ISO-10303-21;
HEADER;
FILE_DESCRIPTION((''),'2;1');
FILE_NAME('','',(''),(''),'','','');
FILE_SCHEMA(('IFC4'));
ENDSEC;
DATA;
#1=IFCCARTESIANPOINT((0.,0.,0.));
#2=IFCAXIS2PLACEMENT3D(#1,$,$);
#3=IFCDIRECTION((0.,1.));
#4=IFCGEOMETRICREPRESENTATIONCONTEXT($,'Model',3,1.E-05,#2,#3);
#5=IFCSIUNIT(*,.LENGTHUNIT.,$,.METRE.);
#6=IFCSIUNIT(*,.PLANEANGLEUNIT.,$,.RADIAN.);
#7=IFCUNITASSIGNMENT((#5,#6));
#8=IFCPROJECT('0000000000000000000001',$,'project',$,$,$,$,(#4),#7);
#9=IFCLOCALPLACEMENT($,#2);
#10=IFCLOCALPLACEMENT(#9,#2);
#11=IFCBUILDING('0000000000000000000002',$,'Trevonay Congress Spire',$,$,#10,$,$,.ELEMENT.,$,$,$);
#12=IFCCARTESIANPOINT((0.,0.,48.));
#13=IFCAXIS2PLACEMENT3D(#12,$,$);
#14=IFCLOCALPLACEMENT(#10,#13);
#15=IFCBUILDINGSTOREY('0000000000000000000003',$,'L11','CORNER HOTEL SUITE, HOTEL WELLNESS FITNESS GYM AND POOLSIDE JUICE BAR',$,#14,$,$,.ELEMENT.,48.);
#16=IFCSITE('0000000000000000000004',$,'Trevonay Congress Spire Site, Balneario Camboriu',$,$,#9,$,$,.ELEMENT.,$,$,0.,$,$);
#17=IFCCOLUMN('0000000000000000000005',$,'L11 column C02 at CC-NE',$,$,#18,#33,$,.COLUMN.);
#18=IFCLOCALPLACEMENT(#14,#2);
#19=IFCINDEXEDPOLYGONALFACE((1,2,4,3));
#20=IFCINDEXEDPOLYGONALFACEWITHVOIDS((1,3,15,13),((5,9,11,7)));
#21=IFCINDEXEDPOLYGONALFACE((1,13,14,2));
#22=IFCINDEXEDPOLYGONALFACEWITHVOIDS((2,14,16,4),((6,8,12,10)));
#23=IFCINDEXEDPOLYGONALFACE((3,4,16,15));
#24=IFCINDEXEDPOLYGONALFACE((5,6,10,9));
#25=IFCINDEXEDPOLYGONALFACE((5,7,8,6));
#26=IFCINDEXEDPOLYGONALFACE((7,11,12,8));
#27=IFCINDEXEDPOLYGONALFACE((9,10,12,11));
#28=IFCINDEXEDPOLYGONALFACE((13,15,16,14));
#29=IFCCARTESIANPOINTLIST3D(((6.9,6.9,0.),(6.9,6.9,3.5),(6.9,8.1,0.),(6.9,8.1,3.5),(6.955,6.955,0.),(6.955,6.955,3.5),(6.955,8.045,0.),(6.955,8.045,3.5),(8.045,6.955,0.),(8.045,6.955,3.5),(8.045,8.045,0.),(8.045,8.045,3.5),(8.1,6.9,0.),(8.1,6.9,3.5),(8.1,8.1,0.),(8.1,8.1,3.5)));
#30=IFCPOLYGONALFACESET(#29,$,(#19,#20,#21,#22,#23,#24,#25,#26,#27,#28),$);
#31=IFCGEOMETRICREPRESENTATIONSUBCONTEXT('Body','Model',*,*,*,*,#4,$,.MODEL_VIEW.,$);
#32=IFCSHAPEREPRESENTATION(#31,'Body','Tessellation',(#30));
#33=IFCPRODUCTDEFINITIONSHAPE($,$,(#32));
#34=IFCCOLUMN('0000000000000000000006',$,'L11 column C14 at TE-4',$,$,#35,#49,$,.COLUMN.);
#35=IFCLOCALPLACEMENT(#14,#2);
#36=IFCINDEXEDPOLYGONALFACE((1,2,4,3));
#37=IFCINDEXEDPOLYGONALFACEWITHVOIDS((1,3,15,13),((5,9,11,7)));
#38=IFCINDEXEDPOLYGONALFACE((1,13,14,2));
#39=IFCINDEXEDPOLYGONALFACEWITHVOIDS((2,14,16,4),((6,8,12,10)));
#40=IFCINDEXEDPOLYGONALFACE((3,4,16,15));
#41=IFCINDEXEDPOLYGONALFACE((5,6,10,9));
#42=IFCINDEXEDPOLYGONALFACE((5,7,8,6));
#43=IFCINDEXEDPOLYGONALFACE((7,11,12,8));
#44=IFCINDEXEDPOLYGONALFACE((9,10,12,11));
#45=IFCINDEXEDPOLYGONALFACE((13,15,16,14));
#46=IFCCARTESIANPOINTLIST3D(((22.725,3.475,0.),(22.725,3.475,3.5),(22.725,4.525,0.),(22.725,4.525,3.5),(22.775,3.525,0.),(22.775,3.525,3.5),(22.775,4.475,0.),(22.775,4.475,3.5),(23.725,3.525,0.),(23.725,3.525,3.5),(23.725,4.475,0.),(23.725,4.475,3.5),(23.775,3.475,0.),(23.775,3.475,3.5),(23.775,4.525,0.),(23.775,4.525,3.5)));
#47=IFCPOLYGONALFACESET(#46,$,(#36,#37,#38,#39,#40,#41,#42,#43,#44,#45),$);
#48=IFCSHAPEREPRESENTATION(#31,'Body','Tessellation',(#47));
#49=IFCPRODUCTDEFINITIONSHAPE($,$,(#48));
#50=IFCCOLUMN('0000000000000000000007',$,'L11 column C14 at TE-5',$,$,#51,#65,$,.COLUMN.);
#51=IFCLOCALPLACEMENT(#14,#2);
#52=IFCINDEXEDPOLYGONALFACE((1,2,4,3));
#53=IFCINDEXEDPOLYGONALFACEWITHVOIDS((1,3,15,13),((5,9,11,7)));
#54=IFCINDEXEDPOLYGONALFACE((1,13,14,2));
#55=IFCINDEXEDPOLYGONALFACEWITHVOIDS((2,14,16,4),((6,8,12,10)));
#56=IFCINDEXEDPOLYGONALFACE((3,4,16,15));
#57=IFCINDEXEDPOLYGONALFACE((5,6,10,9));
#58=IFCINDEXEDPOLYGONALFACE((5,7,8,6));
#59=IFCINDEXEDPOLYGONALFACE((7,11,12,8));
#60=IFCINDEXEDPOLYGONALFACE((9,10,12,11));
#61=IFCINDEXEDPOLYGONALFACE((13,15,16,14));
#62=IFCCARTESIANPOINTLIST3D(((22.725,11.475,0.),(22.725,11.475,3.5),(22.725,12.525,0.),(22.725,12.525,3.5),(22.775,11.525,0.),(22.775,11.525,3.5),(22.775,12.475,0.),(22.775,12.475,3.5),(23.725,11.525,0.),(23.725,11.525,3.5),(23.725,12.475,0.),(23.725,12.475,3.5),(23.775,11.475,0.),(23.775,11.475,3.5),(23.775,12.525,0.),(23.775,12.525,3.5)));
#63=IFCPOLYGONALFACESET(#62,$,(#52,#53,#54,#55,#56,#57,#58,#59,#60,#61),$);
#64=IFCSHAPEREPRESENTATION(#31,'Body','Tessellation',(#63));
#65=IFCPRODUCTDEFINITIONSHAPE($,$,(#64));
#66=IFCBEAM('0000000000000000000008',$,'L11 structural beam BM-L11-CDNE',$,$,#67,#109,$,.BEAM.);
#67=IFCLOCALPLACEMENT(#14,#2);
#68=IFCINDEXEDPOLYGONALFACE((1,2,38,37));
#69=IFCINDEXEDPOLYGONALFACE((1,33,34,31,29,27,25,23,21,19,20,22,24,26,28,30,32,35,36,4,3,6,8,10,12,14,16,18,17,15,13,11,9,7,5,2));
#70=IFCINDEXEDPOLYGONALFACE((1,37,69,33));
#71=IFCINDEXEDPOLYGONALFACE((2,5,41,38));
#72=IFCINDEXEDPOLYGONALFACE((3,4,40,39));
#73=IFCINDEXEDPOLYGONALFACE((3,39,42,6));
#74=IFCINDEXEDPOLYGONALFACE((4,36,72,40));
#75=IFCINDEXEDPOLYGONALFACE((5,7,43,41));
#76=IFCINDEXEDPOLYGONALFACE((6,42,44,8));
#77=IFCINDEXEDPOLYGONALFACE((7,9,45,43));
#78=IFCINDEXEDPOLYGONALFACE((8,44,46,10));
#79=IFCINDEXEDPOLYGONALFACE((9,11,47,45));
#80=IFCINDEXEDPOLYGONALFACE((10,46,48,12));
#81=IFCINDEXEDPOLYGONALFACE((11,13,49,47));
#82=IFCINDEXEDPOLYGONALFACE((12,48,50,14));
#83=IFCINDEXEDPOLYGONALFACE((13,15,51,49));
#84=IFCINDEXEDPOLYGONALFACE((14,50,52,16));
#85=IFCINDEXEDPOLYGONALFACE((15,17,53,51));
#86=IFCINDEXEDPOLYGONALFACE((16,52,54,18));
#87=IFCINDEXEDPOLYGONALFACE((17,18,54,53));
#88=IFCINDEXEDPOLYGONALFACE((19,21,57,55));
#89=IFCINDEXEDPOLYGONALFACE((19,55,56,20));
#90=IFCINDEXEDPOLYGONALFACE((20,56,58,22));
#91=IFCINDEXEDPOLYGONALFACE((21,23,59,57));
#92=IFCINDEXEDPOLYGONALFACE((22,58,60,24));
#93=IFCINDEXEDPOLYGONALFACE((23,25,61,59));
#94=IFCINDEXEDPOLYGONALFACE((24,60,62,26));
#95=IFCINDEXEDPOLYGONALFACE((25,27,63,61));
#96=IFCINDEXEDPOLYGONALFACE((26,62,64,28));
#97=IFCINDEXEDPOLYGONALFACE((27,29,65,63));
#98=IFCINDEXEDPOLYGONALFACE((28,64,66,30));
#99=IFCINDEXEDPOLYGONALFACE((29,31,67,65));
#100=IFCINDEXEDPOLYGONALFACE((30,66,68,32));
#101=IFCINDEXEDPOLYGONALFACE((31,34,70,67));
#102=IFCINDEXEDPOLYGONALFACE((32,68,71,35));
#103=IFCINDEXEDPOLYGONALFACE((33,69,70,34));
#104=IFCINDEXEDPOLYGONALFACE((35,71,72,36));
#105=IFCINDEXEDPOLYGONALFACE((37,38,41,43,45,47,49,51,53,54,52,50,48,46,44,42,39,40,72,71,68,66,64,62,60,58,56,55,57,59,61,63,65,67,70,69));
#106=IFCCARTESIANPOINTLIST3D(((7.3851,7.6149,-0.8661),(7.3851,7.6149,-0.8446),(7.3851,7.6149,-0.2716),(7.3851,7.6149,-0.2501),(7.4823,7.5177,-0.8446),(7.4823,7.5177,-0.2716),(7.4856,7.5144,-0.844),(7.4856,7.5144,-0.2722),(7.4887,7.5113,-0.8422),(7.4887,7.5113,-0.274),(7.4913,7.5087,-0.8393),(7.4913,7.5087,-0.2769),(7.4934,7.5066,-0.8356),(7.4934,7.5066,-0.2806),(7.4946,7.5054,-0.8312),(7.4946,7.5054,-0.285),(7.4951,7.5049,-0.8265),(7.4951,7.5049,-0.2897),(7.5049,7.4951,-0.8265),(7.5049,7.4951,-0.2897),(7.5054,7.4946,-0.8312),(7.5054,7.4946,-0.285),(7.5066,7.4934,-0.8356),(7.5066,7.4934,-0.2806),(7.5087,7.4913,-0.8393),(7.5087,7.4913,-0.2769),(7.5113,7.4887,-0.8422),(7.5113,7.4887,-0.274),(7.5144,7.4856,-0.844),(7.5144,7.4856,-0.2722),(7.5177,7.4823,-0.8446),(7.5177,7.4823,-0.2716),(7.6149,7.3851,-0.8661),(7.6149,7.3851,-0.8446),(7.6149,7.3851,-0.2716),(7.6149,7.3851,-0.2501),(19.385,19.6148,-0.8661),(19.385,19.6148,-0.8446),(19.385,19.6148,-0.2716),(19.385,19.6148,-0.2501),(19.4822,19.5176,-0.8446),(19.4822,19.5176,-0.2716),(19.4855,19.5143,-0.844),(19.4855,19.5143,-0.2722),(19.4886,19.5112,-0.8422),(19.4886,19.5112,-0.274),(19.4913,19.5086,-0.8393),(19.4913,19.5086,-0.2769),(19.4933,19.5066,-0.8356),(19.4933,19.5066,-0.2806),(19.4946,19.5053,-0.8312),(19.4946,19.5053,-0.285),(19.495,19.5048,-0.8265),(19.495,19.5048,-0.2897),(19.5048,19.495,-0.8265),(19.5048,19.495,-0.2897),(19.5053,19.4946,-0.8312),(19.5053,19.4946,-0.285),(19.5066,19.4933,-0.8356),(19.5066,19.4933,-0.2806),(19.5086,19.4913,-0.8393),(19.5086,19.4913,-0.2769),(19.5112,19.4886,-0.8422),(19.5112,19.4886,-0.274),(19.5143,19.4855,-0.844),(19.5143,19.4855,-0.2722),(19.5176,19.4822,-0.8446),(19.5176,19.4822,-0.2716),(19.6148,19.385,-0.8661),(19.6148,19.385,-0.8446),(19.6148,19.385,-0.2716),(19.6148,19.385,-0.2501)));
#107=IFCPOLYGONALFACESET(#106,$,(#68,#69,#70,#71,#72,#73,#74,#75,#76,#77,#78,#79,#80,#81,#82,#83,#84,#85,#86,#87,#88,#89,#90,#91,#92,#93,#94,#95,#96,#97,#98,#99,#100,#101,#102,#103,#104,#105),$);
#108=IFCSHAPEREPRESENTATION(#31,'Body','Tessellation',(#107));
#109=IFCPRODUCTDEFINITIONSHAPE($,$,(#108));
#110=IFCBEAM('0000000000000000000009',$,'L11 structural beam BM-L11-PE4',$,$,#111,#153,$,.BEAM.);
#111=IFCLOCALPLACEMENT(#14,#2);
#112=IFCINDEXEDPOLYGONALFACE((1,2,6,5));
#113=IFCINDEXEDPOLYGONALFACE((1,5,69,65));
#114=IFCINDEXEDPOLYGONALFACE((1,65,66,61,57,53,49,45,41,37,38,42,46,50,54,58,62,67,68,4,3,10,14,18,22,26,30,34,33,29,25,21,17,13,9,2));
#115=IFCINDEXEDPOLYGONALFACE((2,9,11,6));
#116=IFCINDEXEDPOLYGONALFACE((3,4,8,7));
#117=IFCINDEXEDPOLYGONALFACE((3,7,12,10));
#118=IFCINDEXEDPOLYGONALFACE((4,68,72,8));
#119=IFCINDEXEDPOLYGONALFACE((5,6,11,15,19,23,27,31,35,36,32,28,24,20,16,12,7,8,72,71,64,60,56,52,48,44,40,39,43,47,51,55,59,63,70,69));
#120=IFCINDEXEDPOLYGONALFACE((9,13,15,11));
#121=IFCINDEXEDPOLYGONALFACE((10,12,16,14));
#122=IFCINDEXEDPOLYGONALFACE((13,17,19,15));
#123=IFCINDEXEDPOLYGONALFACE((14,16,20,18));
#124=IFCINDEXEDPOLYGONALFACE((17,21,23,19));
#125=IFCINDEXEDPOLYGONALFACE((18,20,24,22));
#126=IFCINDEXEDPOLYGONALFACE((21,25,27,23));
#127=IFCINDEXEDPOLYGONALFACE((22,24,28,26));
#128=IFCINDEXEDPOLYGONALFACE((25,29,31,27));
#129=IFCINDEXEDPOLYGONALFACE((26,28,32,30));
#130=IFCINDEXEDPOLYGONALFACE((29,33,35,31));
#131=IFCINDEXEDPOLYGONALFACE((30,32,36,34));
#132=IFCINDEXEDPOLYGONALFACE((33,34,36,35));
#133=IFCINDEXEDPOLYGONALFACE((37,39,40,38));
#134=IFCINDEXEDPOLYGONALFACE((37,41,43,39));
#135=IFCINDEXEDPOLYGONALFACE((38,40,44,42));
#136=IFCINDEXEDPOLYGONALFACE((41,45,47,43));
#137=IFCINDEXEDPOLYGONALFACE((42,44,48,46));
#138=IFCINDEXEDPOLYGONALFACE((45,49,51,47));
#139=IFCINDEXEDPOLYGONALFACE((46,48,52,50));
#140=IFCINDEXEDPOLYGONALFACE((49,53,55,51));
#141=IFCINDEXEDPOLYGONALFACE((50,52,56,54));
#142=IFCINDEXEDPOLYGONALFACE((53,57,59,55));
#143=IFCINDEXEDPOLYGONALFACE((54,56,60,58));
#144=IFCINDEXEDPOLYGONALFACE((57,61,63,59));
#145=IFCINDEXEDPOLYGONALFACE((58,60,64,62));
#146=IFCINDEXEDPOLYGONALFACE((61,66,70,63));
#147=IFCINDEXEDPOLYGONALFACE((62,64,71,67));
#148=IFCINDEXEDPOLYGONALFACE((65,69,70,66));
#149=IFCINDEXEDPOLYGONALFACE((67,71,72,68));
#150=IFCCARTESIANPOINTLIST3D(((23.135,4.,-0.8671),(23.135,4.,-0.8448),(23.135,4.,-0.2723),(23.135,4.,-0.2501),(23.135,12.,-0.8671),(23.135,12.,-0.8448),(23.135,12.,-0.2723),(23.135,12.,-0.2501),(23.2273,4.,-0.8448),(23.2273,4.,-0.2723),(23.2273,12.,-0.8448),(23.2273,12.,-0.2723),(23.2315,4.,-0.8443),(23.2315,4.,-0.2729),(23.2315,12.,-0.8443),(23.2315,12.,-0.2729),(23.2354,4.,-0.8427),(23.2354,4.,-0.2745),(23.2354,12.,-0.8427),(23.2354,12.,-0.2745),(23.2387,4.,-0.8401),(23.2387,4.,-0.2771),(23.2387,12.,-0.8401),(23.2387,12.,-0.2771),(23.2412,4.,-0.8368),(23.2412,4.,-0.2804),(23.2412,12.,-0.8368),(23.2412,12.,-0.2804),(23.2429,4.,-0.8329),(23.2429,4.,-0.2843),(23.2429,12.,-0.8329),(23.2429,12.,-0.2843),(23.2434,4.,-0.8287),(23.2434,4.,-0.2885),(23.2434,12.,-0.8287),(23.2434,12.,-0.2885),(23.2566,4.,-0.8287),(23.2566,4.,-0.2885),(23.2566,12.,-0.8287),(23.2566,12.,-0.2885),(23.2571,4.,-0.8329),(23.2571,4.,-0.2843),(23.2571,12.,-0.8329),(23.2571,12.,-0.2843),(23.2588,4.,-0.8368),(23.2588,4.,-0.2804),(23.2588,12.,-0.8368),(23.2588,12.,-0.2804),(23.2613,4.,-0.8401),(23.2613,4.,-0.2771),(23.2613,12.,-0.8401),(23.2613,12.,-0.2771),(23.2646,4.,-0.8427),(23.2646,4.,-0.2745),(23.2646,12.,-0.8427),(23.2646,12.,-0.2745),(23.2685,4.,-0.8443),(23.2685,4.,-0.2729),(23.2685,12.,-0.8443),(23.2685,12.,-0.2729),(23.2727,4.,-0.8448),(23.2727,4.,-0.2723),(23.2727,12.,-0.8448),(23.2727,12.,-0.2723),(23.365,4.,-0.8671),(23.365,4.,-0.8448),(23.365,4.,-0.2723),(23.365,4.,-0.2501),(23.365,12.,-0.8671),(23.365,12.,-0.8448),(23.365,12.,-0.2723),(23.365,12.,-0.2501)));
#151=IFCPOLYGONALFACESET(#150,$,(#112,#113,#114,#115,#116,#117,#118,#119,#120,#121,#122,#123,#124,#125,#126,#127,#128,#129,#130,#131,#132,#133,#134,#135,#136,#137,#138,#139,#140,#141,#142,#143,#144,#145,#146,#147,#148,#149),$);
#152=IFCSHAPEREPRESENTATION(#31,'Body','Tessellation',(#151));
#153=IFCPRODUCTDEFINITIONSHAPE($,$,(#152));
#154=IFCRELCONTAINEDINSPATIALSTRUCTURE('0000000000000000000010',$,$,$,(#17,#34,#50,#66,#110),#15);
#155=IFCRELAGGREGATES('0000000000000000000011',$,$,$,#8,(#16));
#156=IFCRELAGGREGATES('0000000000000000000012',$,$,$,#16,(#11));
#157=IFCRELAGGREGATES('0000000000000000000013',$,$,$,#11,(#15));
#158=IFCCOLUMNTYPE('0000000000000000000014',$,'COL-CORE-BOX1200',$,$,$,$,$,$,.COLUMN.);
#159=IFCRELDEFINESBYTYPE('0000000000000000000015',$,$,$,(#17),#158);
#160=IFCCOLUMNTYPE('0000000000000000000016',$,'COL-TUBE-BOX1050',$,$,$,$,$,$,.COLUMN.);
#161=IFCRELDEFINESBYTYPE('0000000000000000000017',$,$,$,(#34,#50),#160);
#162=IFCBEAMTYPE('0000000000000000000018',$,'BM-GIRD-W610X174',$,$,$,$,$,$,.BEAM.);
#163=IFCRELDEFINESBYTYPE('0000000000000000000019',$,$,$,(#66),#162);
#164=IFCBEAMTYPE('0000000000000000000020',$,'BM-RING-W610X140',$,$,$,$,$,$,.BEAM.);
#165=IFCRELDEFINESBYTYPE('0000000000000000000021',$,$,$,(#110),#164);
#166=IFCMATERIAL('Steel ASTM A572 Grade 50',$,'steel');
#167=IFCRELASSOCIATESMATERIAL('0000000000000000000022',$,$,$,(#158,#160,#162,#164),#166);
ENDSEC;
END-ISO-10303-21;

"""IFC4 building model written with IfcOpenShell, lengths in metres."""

from ifc_helpers import new_model, si_unit, direction, frame, origin, origin_2d, place, context, subcontext, project, spatial, hollow_rectangle, i_section, extrude, material, material_profile, profile_set, type_object, element, save


model = new_model("IFC4")

# Units and contexts
model_context = context("Model", 3, precision=1e-05, world=origin(), true_north=direction((0.0, 1.0)))
body_context = subcontext(model_context, "Body", "Model", "MODEL_VIEW")
ifc_project = project(units=[si_unit("LENGTHUNIT", "METRE"), si_unit("PLANEANGLEUNIT", "RADIAN")], contexts=[model_context])

# Site, building, storey
site_placement = place(None, origin())
site = spatial("IfcSite", under=ifc_project, at=site_placement, Name="Trevonay Congress Spire Site, Balneario Camboriu", CompositionType="ELEMENT", RefElevation=0.0)
building_placement = place(site_placement, origin())
building = spatial("IfcBuilding", under=site, at=building_placement, Name="Trevonay Congress Spire", CompositionType="ELEMENT")
storey_placement = place(building_placement, frame((0.0, 0.0, 48.0)))
storey = spatial("IfcBuildingStorey", under=building, at=storey_placement, Name="L11", Description="CORNER HOTEL SUITE, HOTEL WELLNESS FITNESS GYM AND POOLSIDE JUICE BAR", CompositionType="ELEMENT", Elevation=48.0)

# Columns
ifc_material_1 = material(Name="Steel ASTM A572 Grade 50", Category="steel")
ifc_material_profile_1 = material_profile(ifc_material_1, hollow_rectangle(XDim=1.2, YDim=1.2, WallThickness=0.0549, at=origin_2d()), Name="BOX 1200x1200x55")
ifc_profile_set_1 = profile_set([ifc_material_profile_1], Name="Steel ASTM A572 Grade 50")
column_type_1 = type_object("IfcColumnType", Name="COL-CORE-BOX1200", PredefinedType="COLUMN", material=ifc_profile_set_1)
column_placement = place(storey_placement, frame((7.5, 7.5, 0.0), z_axis=(0.0, 0.0, 1.0), x_axis=(1.0, 0.0, 0.0)))
element("IfcColumn", 1, at=column_placement, inside=storey, type_object=column_type_1, Name="L11 column C02 at CC-NE", PredefinedType="COLUMN", context=body_context, shape_type="SweptSolid", body=[
    extrude(hollow_rectangle(XDim=1.2, YDim=1.2, WallThickness=0.0549, at=origin_2d()), origin(), (0.0, 0.0, 1.0), 3.5),
])
ifc_material_profile_2 = material_profile(ifc_material_1, hollow_rectangle(XDim=1.05, YDim=1.05, WallThickness=0.05, at=origin_2d()), Name="BOX 1050x1050x50")
ifc_profile_set_2 = profile_set([ifc_material_profile_2], Name="Steel ASTM A572 Grade 50")
column_type_2 = type_object("IfcColumnType", Name="COL-TUBE-BOX1050", PredefinedType="COLUMN", material=ifc_profile_set_2)
for number, where, z_axis, x_axis, name in (
    (2, (23.25, 4.0, 0.0), (0.0, 0.0, 1.0), (1.0, 0.0, 0.0), "L11 column C14 at TE-4"),
    (3, (23.25, 12.0, 0.0), (0.0, 0.0, 1.0), (1.0, 0.0, 0.0), "L11 column C14 at TE-5"),
):
    element("IfcColumn", number, at=place(storey_placement, frame(where, z_axis=z_axis, x_axis=x_axis)), inside=storey, type_object=column_type_2, Name=name, PredefinedType="COLUMN", context=body_context, shape_type="SweptSolid", body=[
        extrude(hollow_rectangle(XDim=1.05, YDim=1.05, WallThickness=0.05, at=origin_2d()), origin(), (0.0, 0.0, 1.0), 3.5),
    ])

# Beams
ifc_material_profile_3 = material_profile(ifc_material_1, i_section(OverallWidth=0.325, OverallDepth=0.616, WebThickness=0.0139, FlangeThickness=0.0215, FilletRadius=0.0181, at=origin_2d()), Name="W610x174")
ifc_profile_set_3 = profile_set([ifc_material_profile_3], Name="Steel ASTM A572 Grade 50")
beam_type_1 = type_object("IfcBeamType", Name="BM-GIRD-W610X174", PredefinedType="BEAM", material=ifc_profile_set_3)
beam_1_placement = place(storey_placement, frame((7.5, 7.5, -0.5581), z_axis=(0.707107, 0.707107, 0.0), x_axis=(-0.707107, 0.707107, 0.0)))
element("IfcBeam", 4, at=beam_1_placement, inside=storey, type_object=beam_type_1, Name="L11 structural beam BM-L11-CDNE", PredefinedType="BEAM", context=body_context, shape_type="SweptSolid", body=[
    extrude(i_section(OverallWidth=0.325, OverallDepth=0.616, WebThickness=0.0139, FlangeThickness=0.0215, FilletRadius=0.0181, at=origin_2d()), origin(), (0.0, 0.0, 1.0), 16.9705),
])
ifc_material_profile_4 = material_profile(ifc_material_1, i_section(OverallWidth=0.23, OverallDepth=0.6169, WebThickness=0.0132, FlangeThickness=0.0222, FilletRadius=0.0161, at=origin_2d()), Name="W610x140")
ifc_profile_set_4 = profile_set([ifc_material_profile_4], Name="Steel ASTM A572 Grade 50")
beam_type_2 = type_object("IfcBeamType", Name="BM-RING-W610X140", PredefinedType="BEAM", material=ifc_profile_set_4)
beam_2_placement = place(storey_placement, frame((23.25, 4.0, -0.5586), z_axis=(0.0, 1.0, 0.0), x_axis=(-1.0, 0.0, 0.0)))
element("IfcBeam", 5, at=beam_2_placement, inside=storey, type_object=beam_type_2, Name="L11 structural beam BM-L11-PE4", PredefinedType="BEAM", context=body_context, shape_type="SweptSolid", body=[
    extrude(i_section(OverallWidth=0.23, OverallDepth=0.6169, WebThickness=0.0132, FlangeThickness=0.0222, FilletRadius=0.0161, at=origin_2d()), origin(), (0.0, 0.0, 1.0), 8.0),
])

save(model, "model.ifc")
